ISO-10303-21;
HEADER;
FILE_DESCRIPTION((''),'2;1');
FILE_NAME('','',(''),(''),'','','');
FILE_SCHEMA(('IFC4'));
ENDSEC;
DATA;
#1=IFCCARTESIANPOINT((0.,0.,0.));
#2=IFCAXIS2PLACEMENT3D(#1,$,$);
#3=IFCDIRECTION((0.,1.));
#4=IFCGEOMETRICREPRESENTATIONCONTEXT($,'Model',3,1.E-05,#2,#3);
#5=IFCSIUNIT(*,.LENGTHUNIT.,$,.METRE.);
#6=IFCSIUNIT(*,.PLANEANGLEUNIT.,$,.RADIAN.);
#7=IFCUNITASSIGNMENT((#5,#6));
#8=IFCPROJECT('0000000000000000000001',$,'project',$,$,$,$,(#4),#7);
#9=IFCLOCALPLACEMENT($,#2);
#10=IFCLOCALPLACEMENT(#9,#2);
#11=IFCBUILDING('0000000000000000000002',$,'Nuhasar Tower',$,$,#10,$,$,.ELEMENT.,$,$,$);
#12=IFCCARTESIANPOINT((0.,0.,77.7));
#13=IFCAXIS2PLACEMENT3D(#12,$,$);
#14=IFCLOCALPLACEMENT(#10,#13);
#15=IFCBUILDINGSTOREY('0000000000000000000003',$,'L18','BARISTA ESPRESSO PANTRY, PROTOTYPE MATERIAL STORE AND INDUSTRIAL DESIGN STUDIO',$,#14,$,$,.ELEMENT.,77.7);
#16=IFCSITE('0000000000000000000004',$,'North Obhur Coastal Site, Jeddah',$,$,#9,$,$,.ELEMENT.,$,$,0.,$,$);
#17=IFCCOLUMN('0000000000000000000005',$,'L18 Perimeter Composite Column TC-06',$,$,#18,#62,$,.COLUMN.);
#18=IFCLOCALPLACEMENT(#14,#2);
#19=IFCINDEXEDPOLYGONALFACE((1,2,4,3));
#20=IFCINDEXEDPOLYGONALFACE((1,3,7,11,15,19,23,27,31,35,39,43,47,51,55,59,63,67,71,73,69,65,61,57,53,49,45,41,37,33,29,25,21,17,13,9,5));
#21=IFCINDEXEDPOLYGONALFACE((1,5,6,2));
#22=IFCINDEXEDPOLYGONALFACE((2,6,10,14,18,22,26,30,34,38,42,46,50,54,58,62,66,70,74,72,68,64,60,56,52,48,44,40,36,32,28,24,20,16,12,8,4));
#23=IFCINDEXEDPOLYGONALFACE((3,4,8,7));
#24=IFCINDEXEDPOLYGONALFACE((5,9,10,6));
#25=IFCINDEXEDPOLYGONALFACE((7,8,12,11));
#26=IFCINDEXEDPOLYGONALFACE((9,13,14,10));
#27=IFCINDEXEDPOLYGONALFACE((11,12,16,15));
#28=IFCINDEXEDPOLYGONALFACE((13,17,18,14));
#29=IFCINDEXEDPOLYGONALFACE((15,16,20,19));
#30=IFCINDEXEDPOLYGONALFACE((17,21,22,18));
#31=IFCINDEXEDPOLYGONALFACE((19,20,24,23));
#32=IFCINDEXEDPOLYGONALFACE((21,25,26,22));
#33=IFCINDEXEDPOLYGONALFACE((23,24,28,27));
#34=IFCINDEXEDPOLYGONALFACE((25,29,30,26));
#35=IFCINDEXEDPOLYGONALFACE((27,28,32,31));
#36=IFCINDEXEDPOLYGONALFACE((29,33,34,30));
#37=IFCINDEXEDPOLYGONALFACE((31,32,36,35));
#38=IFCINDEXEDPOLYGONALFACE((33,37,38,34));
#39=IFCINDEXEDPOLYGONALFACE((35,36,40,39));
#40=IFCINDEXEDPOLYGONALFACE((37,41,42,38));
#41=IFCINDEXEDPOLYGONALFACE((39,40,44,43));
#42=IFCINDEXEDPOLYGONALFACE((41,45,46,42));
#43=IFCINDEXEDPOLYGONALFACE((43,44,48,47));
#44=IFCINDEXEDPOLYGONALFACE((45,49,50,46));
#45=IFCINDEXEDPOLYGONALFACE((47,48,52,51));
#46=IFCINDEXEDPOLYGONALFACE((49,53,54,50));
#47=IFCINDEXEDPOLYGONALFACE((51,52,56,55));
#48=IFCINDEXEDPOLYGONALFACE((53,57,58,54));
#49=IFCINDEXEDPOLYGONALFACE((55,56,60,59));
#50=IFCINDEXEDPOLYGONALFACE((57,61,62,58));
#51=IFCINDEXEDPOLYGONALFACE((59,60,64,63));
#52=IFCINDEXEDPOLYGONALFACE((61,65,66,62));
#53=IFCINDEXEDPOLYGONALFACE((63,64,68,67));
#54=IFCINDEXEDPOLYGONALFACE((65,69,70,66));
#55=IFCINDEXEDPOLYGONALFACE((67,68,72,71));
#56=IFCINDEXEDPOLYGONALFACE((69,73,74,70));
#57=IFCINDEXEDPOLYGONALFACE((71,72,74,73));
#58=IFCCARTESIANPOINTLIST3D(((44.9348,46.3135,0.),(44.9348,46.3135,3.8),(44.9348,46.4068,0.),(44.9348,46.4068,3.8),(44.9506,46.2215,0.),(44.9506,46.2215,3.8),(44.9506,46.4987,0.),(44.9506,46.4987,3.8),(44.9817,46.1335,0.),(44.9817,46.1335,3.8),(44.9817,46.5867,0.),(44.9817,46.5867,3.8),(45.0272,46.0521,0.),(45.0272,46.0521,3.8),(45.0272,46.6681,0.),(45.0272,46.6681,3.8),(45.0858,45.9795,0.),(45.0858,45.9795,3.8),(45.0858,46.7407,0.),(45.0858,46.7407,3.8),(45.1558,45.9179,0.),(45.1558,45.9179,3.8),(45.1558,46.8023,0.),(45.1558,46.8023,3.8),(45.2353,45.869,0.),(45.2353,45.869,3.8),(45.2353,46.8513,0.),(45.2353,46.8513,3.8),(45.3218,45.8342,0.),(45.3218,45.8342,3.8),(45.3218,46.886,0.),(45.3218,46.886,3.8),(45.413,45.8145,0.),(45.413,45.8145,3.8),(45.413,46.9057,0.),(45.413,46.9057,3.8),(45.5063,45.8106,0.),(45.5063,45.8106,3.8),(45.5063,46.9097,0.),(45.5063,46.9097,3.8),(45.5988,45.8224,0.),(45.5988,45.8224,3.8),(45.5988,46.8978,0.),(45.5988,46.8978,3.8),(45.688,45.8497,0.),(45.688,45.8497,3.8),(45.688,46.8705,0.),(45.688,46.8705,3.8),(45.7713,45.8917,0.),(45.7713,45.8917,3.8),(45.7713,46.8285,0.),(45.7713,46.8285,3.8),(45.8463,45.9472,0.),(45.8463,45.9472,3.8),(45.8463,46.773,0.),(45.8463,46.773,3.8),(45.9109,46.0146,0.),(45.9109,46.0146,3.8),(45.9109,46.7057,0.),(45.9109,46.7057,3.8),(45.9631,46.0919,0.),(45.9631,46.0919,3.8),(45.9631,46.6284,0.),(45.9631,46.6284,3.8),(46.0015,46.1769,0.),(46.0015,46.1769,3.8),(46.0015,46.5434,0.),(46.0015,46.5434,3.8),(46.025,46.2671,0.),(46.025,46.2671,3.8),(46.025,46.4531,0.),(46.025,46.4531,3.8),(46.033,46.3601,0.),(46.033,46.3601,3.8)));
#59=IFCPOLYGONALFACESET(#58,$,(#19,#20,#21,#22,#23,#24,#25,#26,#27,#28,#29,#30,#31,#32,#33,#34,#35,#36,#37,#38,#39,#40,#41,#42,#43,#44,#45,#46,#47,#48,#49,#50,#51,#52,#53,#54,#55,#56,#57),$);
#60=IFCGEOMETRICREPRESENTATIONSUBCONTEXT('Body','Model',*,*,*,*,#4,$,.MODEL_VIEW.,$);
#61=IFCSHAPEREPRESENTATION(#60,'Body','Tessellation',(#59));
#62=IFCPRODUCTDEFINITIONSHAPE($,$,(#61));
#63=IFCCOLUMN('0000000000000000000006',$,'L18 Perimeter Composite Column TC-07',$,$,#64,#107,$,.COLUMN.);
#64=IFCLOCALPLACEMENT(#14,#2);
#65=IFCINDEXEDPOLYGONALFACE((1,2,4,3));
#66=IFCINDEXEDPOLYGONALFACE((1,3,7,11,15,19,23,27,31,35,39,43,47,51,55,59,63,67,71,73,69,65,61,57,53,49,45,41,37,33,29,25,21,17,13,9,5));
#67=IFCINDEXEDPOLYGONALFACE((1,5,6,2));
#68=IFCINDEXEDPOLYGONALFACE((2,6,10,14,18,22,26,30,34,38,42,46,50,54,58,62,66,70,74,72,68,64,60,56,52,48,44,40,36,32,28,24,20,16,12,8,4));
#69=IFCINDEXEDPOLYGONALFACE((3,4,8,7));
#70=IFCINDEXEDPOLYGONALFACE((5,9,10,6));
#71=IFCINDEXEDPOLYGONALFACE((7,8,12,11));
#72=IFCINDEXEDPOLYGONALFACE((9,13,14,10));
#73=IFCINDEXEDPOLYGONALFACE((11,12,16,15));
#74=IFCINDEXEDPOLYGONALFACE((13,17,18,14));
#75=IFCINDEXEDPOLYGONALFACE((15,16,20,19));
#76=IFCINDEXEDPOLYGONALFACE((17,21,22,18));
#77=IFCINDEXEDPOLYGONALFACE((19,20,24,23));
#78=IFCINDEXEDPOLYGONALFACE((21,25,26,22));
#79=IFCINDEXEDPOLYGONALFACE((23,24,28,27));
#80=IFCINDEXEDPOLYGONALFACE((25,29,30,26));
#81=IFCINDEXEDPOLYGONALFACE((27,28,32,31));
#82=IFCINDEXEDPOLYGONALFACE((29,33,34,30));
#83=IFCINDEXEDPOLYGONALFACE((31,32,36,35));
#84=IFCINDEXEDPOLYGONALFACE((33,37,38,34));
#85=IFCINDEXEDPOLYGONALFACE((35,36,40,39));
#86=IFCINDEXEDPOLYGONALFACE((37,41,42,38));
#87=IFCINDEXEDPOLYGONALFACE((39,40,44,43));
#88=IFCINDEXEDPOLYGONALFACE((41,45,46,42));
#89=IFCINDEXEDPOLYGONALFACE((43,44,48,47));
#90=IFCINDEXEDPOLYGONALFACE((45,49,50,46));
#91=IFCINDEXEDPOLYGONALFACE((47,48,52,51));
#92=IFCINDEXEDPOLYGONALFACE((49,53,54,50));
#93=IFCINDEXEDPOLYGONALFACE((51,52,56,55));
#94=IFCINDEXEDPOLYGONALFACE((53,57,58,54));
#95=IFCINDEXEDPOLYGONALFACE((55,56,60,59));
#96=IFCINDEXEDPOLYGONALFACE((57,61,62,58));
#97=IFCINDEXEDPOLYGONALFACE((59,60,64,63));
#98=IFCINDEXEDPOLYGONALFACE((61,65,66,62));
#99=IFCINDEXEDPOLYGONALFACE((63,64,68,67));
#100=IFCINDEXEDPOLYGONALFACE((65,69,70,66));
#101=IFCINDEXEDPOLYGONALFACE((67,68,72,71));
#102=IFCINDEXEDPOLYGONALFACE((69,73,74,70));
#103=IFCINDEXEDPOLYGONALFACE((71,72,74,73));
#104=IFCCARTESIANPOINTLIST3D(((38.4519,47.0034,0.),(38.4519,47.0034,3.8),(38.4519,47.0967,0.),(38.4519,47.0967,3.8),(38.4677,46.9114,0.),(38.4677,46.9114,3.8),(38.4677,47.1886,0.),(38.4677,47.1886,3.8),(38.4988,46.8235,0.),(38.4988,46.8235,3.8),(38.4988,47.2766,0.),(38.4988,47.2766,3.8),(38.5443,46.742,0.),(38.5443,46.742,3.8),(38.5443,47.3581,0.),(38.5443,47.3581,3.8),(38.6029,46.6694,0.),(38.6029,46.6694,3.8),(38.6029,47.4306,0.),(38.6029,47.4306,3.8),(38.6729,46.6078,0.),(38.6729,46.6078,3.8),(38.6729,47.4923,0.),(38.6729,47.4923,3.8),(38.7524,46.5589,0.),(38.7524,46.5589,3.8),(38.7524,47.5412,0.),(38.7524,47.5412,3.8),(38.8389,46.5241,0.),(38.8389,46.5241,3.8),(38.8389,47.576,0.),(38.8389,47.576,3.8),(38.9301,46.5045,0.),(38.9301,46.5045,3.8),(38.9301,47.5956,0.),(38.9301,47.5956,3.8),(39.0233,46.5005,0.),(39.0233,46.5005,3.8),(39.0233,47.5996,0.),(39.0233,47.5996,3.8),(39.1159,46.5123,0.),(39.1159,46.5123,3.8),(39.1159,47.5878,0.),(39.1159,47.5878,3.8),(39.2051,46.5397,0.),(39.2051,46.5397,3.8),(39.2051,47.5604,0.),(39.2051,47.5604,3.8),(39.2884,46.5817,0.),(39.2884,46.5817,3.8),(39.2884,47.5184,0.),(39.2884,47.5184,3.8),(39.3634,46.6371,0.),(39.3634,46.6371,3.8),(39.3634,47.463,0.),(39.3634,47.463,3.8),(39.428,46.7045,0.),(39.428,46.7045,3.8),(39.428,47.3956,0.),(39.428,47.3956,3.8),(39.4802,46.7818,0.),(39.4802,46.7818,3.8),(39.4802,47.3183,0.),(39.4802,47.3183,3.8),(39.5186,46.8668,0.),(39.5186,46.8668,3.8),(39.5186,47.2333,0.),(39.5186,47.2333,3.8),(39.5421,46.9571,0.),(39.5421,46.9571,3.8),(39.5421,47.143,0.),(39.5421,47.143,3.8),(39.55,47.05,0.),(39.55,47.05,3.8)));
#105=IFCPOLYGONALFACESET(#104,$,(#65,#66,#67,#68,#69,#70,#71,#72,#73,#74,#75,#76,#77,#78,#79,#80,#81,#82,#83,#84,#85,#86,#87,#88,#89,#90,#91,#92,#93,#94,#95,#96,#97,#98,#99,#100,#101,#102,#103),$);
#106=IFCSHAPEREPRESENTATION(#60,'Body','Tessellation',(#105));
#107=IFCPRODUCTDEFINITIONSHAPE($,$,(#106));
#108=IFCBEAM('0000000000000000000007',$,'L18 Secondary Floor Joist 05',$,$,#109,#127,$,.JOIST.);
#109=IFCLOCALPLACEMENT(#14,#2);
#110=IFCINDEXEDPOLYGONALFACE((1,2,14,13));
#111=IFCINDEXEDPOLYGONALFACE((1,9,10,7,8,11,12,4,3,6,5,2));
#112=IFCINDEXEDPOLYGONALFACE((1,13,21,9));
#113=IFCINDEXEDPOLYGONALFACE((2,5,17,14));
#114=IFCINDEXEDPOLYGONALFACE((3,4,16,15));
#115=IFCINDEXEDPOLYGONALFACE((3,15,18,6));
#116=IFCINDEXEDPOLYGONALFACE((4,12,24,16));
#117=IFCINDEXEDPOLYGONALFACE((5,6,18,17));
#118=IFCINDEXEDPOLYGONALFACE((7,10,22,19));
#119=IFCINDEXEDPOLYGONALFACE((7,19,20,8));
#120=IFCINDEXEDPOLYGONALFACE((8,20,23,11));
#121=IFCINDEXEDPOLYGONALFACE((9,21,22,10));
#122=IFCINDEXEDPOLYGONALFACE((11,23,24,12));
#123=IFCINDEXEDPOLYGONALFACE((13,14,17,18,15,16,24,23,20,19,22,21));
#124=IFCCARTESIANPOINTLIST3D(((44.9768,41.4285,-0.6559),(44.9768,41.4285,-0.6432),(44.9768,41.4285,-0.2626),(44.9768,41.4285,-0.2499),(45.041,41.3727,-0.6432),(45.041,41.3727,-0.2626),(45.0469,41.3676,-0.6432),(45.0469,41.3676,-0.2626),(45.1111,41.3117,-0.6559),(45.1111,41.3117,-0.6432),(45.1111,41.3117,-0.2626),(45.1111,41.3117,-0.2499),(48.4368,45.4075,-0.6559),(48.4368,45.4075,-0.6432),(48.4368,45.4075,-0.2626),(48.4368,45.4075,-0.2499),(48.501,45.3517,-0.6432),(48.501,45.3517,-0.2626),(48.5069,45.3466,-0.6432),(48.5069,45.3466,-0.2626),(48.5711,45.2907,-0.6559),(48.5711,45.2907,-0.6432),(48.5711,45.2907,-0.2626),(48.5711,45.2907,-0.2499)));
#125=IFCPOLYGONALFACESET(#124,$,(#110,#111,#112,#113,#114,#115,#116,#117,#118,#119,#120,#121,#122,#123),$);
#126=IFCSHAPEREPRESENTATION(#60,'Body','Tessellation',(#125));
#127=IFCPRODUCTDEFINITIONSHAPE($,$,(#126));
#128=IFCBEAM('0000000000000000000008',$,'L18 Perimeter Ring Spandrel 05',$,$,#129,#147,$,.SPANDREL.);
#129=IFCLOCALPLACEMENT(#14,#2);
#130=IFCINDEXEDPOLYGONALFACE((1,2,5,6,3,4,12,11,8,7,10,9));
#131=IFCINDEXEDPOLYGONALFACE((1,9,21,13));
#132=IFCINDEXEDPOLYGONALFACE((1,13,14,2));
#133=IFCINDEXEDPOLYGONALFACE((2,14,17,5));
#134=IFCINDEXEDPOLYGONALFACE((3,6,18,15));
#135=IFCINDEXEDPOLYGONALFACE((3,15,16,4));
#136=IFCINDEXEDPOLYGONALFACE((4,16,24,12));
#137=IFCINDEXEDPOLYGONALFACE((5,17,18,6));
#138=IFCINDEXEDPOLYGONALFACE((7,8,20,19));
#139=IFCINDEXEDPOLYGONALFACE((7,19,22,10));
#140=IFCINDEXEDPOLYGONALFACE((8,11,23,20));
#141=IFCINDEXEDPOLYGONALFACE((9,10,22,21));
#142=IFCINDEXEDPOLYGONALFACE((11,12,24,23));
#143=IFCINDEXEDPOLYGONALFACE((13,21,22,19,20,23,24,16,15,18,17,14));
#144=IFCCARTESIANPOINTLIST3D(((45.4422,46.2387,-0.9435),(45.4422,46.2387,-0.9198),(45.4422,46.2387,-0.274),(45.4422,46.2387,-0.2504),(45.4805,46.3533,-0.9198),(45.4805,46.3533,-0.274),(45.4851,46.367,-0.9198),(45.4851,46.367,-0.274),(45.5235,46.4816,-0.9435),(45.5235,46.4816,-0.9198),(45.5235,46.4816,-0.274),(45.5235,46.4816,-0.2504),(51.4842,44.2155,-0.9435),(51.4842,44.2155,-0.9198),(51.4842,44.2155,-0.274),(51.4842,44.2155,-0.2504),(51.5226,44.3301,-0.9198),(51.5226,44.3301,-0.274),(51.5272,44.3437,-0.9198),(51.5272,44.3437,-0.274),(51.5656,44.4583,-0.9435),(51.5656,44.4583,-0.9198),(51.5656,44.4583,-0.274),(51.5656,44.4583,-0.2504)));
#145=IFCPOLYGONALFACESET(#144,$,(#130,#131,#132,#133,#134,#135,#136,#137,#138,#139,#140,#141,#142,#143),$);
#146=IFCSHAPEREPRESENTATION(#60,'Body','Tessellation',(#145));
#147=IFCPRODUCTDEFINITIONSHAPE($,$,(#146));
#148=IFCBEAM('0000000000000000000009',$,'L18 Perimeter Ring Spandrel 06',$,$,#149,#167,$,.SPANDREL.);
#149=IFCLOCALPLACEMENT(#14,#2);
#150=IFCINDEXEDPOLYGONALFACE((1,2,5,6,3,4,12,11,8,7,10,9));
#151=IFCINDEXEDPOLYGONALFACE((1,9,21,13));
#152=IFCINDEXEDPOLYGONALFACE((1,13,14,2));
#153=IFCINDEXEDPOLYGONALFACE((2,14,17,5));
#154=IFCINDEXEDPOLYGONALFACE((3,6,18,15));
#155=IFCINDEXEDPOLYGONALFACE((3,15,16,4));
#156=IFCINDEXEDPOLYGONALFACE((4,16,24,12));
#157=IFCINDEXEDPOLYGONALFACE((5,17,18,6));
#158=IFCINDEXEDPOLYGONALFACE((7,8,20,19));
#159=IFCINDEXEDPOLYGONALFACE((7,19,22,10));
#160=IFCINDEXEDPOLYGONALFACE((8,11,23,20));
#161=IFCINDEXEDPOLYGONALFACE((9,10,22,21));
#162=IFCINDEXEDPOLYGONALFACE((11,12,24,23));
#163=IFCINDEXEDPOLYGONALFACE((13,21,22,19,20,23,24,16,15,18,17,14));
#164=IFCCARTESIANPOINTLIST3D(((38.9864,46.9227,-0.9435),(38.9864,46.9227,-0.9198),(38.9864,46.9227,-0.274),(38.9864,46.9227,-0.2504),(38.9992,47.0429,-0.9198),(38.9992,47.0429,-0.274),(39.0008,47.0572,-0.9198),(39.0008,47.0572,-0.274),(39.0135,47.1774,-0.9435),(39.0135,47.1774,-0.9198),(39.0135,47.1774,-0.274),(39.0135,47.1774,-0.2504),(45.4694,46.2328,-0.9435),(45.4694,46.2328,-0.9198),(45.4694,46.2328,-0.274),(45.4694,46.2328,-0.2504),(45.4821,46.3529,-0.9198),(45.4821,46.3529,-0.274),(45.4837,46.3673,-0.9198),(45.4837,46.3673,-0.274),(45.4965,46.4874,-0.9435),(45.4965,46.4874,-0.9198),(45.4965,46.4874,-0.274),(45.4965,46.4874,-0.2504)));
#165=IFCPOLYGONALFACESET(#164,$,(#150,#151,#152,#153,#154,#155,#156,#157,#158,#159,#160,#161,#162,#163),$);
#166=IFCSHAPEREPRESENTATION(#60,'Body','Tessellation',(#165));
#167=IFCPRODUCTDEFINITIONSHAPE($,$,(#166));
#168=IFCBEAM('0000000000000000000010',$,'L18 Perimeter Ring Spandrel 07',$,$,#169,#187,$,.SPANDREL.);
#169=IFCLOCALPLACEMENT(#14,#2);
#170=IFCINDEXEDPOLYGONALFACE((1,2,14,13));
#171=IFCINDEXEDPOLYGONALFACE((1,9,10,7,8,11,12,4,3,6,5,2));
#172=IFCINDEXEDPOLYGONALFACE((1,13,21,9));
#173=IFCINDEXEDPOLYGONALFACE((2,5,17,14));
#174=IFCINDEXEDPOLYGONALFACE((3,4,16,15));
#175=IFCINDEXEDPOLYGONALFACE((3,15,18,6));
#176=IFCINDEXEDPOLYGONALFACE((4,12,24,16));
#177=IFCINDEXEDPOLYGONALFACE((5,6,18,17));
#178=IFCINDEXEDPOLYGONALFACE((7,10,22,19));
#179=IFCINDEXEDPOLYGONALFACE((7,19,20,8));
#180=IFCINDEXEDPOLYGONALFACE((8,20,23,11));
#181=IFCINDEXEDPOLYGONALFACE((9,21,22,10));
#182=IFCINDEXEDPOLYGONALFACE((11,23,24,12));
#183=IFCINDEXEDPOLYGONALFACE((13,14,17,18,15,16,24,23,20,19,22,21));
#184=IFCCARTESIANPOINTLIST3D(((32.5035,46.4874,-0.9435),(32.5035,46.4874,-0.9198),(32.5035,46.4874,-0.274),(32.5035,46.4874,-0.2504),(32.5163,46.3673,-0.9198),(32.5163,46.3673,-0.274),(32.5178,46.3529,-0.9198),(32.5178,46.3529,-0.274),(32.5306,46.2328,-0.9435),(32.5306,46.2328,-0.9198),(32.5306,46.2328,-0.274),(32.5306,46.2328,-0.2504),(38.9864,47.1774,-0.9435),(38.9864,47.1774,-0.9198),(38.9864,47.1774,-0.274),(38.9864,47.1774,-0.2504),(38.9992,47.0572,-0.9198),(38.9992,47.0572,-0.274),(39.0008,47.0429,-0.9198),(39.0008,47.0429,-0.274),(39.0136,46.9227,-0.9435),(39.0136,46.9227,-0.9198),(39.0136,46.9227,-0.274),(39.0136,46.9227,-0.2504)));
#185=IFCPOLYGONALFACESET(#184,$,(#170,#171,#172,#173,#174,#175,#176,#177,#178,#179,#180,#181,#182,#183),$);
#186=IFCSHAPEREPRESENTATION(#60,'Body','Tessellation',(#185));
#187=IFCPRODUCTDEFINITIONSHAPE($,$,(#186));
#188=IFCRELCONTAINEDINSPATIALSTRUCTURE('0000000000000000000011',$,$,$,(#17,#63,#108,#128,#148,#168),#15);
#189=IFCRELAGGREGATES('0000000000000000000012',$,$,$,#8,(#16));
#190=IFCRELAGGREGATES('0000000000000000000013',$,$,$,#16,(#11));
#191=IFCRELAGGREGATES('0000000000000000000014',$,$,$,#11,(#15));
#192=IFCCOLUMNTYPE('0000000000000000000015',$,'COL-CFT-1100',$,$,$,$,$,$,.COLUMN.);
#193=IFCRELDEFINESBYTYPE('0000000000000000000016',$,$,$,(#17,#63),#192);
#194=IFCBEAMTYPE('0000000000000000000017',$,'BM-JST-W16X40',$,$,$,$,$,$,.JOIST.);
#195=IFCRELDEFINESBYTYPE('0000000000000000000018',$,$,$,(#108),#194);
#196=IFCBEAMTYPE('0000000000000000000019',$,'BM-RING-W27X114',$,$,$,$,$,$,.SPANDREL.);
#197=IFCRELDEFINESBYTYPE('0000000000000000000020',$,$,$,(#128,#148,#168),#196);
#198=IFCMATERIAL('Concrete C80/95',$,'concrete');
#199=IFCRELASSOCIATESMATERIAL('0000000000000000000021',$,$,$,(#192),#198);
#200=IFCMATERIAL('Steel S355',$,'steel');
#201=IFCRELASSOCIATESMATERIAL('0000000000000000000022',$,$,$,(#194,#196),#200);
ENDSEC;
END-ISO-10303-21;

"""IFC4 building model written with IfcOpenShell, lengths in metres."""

from ifc_helpers import new_model, si_unit, direction, frame, origin, origin_2d, place, context, subcontext, project, spatial, circle, i_section, extrude, material, material_profile, profile_set, type_object, element, save


model = new_model("IFC4")

# Units and contexts
model_context = context("Model", 3, precision=1e-05, world=origin(), true_north=direction((0.0, 1.0)))
body_context = subcontext(model_context, "Body", "Model", "MODEL_VIEW")
ifc_project = project(units=[si_unit("LENGTHUNIT", "METRE"), si_unit("PLANEANGLEUNIT", "RADIAN")], contexts=[model_context])

# Site, building, storey
site_placement = place(None, origin())
site = spatial("IfcSite", under=ifc_project, at=site_placement, Name="North Obhur Coastal Site, Jeddah", CompositionType="ELEMENT", RefElevation=0.0)
building_placement = place(site_placement, origin())
building = spatial("IfcBuilding", under=site, at=building_placement, Name="Nuhasar Tower", CompositionType="ELEMENT")
storey_placement = place(building_placement, frame((0.0, 0.0, 77.7)))
storey = spatial("IfcBuildingStorey", under=building, at=storey_placement, Name="L18", Description="BARISTA ESPRESSO PANTRY, PROTOTYPE MATERIAL STORE AND INDUSTRIAL DESIGN STUDIO", CompositionType="ELEMENT", Elevation=77.7)

# Columns
ifc_material_1 = material(Name="Concrete C80/95", Category="concrete")
ifc_material_profile_1 = material_profile(ifc_material_1, circle(Radius=0.55, at=origin_2d()), Name="CFT1100")
ifc_profile_set_1 = profile_set([ifc_material_profile_1], Name="Concrete C80/95")
column_type = type_object("IfcColumnType", Name="COL-CFT-1100", PredefinedType="COLUMN", material=ifc_profile_set_1)
for number, where, z_axis, x_axis, name in (
    (1, (45.4829, 46.3601, 0.0), (0.0, 0.0, 1.0), (1.0, 0.0, 0.0), "L18 Perimeter Composite Column TC-06"),
    (2, (39.0, 47.05, 0.0), (0.0, 0.0, 1.0), (1.0, 0.0, 0.0), "L18 Perimeter Composite Column TC-07"),
):
    element("IfcColumn", number, at=place(storey_placement, frame(where, z_axis=z_axis, x_axis=x_axis)), inside=storey, type_object=column_type, Name=name, PredefinedType="COLUMN", context=body_context, shape_type="SweptSolid", body=[
        extrude(circle(Radius=0.55, at=origin_2d()), origin(), (0.0, 0.0, 1.0), 3.8),
    ])

# Beams
ifc_material_2 = material(Name="Steel S355", Category="steel")
ifc_material_profile_2 = material_profile(ifc_material_2, i_section(OverallWidth=0.178, OverallDepth=0.406, WebThickness=0.0078, FlangeThickness=0.0127, at=origin_2d()), Name="W16X40")
ifc_profile_set_2 = profile_set([ifc_material_profile_2], Name="Steel S355")
beam_type_1 = type_object("IfcBeamType", Name="BM-JST-W16X40", PredefinedType="JOIST", material=ifc_profile_set_2)
beam_1_placement = place(storey_placement, frame((45.0439, 41.3701, -0.4529), z_axis=(0.656174, 0.75461, 0.0), x_axis=(-0.75461, 0.656174, 0.0)))
element("IfcBeam", 3, at=beam_1_placement, inside=storey, type_object=beam_type_1, Name="L18 Secondary Floor Joist 05", PredefinedType="JOIST", context=body_context, shape_type="SweptSolid", body=[
    extrude(i_section(OverallWidth=0.178, OverallDepth=0.406, WebThickness=0.0078, FlangeThickness=0.0127, at=origin_2d()), origin(), (0.0, 0.0, 1.0), 5.2729),
])
ifc_material_profile_3 = material_profile(ifc_material_2, i_section(OverallWidth=0.2561, OverallDepth=0.6931, WebThickness=0.0144, FlangeThickness=0.0237, at=origin_2d()), Name="W27X114")
ifc_profile_set_3 = profile_set([ifc_material_profile_3], Name="Steel S355")
beam_type_2 = type_object("IfcBeamType", Name="BM-RING-W27X114", PredefinedType="SPANDREL", material=ifc_profile_set_3)
beam_2_placement = place(storey_placement, frame((51.5249, 44.3369, -0.5969), z_axis=(-0.948249, 0.317526, 0.0), x_axis=(-0.317526, -0.948249, 0.0)))
element("IfcBeam", 4, at=beam_2_placement, inside=storey, type_object=beam_type_2, Name="L18 Perimeter Ring Spandrel 05", PredefinedType="SPANDREL", context=body_context, shape_type="SweptSolid", body=[
    extrude(i_section(OverallWidth=0.2561, OverallDepth=0.6931, WebThickness=0.0144, FlangeThickness=0.0237, at=origin_2d()), origin(), (0.0, 0.0, 1.0), 6.3718),
])
for number, where, z_axis, x_axis, name in (
    (5, (45.4829, 46.3601, -0.5969), (-0.994385, 0.105827, 0.0), (-0.105827, -0.994385, 0.0), "L18 Perimeter Ring Spandrel 06"),
    (6, (39.0, 47.05, -0.5969), (-0.994385, -0.105827, 0.0), (0.105827, -0.994385, 0.0), "L18 Perimeter Ring Spandrel 07"),
):
    element("IfcBeam", number, at=place(storey_placement, frame(where, z_axis=z_axis, x_axis=x_axis)), inside=storey, type_object=beam_type_2, Name=name, PredefinedType="SPANDREL", context=body_context, shape_type="SweptSolid", body=[
        extrude(i_section(OverallWidth=0.2561, OverallDepth=0.6931, WebThickness=0.0144, FlangeThickness=0.0237, at=origin_2d()), origin(), (0.0, 0.0, 1.0), 6.5195),
    ])

save(model, "model.ifc")
